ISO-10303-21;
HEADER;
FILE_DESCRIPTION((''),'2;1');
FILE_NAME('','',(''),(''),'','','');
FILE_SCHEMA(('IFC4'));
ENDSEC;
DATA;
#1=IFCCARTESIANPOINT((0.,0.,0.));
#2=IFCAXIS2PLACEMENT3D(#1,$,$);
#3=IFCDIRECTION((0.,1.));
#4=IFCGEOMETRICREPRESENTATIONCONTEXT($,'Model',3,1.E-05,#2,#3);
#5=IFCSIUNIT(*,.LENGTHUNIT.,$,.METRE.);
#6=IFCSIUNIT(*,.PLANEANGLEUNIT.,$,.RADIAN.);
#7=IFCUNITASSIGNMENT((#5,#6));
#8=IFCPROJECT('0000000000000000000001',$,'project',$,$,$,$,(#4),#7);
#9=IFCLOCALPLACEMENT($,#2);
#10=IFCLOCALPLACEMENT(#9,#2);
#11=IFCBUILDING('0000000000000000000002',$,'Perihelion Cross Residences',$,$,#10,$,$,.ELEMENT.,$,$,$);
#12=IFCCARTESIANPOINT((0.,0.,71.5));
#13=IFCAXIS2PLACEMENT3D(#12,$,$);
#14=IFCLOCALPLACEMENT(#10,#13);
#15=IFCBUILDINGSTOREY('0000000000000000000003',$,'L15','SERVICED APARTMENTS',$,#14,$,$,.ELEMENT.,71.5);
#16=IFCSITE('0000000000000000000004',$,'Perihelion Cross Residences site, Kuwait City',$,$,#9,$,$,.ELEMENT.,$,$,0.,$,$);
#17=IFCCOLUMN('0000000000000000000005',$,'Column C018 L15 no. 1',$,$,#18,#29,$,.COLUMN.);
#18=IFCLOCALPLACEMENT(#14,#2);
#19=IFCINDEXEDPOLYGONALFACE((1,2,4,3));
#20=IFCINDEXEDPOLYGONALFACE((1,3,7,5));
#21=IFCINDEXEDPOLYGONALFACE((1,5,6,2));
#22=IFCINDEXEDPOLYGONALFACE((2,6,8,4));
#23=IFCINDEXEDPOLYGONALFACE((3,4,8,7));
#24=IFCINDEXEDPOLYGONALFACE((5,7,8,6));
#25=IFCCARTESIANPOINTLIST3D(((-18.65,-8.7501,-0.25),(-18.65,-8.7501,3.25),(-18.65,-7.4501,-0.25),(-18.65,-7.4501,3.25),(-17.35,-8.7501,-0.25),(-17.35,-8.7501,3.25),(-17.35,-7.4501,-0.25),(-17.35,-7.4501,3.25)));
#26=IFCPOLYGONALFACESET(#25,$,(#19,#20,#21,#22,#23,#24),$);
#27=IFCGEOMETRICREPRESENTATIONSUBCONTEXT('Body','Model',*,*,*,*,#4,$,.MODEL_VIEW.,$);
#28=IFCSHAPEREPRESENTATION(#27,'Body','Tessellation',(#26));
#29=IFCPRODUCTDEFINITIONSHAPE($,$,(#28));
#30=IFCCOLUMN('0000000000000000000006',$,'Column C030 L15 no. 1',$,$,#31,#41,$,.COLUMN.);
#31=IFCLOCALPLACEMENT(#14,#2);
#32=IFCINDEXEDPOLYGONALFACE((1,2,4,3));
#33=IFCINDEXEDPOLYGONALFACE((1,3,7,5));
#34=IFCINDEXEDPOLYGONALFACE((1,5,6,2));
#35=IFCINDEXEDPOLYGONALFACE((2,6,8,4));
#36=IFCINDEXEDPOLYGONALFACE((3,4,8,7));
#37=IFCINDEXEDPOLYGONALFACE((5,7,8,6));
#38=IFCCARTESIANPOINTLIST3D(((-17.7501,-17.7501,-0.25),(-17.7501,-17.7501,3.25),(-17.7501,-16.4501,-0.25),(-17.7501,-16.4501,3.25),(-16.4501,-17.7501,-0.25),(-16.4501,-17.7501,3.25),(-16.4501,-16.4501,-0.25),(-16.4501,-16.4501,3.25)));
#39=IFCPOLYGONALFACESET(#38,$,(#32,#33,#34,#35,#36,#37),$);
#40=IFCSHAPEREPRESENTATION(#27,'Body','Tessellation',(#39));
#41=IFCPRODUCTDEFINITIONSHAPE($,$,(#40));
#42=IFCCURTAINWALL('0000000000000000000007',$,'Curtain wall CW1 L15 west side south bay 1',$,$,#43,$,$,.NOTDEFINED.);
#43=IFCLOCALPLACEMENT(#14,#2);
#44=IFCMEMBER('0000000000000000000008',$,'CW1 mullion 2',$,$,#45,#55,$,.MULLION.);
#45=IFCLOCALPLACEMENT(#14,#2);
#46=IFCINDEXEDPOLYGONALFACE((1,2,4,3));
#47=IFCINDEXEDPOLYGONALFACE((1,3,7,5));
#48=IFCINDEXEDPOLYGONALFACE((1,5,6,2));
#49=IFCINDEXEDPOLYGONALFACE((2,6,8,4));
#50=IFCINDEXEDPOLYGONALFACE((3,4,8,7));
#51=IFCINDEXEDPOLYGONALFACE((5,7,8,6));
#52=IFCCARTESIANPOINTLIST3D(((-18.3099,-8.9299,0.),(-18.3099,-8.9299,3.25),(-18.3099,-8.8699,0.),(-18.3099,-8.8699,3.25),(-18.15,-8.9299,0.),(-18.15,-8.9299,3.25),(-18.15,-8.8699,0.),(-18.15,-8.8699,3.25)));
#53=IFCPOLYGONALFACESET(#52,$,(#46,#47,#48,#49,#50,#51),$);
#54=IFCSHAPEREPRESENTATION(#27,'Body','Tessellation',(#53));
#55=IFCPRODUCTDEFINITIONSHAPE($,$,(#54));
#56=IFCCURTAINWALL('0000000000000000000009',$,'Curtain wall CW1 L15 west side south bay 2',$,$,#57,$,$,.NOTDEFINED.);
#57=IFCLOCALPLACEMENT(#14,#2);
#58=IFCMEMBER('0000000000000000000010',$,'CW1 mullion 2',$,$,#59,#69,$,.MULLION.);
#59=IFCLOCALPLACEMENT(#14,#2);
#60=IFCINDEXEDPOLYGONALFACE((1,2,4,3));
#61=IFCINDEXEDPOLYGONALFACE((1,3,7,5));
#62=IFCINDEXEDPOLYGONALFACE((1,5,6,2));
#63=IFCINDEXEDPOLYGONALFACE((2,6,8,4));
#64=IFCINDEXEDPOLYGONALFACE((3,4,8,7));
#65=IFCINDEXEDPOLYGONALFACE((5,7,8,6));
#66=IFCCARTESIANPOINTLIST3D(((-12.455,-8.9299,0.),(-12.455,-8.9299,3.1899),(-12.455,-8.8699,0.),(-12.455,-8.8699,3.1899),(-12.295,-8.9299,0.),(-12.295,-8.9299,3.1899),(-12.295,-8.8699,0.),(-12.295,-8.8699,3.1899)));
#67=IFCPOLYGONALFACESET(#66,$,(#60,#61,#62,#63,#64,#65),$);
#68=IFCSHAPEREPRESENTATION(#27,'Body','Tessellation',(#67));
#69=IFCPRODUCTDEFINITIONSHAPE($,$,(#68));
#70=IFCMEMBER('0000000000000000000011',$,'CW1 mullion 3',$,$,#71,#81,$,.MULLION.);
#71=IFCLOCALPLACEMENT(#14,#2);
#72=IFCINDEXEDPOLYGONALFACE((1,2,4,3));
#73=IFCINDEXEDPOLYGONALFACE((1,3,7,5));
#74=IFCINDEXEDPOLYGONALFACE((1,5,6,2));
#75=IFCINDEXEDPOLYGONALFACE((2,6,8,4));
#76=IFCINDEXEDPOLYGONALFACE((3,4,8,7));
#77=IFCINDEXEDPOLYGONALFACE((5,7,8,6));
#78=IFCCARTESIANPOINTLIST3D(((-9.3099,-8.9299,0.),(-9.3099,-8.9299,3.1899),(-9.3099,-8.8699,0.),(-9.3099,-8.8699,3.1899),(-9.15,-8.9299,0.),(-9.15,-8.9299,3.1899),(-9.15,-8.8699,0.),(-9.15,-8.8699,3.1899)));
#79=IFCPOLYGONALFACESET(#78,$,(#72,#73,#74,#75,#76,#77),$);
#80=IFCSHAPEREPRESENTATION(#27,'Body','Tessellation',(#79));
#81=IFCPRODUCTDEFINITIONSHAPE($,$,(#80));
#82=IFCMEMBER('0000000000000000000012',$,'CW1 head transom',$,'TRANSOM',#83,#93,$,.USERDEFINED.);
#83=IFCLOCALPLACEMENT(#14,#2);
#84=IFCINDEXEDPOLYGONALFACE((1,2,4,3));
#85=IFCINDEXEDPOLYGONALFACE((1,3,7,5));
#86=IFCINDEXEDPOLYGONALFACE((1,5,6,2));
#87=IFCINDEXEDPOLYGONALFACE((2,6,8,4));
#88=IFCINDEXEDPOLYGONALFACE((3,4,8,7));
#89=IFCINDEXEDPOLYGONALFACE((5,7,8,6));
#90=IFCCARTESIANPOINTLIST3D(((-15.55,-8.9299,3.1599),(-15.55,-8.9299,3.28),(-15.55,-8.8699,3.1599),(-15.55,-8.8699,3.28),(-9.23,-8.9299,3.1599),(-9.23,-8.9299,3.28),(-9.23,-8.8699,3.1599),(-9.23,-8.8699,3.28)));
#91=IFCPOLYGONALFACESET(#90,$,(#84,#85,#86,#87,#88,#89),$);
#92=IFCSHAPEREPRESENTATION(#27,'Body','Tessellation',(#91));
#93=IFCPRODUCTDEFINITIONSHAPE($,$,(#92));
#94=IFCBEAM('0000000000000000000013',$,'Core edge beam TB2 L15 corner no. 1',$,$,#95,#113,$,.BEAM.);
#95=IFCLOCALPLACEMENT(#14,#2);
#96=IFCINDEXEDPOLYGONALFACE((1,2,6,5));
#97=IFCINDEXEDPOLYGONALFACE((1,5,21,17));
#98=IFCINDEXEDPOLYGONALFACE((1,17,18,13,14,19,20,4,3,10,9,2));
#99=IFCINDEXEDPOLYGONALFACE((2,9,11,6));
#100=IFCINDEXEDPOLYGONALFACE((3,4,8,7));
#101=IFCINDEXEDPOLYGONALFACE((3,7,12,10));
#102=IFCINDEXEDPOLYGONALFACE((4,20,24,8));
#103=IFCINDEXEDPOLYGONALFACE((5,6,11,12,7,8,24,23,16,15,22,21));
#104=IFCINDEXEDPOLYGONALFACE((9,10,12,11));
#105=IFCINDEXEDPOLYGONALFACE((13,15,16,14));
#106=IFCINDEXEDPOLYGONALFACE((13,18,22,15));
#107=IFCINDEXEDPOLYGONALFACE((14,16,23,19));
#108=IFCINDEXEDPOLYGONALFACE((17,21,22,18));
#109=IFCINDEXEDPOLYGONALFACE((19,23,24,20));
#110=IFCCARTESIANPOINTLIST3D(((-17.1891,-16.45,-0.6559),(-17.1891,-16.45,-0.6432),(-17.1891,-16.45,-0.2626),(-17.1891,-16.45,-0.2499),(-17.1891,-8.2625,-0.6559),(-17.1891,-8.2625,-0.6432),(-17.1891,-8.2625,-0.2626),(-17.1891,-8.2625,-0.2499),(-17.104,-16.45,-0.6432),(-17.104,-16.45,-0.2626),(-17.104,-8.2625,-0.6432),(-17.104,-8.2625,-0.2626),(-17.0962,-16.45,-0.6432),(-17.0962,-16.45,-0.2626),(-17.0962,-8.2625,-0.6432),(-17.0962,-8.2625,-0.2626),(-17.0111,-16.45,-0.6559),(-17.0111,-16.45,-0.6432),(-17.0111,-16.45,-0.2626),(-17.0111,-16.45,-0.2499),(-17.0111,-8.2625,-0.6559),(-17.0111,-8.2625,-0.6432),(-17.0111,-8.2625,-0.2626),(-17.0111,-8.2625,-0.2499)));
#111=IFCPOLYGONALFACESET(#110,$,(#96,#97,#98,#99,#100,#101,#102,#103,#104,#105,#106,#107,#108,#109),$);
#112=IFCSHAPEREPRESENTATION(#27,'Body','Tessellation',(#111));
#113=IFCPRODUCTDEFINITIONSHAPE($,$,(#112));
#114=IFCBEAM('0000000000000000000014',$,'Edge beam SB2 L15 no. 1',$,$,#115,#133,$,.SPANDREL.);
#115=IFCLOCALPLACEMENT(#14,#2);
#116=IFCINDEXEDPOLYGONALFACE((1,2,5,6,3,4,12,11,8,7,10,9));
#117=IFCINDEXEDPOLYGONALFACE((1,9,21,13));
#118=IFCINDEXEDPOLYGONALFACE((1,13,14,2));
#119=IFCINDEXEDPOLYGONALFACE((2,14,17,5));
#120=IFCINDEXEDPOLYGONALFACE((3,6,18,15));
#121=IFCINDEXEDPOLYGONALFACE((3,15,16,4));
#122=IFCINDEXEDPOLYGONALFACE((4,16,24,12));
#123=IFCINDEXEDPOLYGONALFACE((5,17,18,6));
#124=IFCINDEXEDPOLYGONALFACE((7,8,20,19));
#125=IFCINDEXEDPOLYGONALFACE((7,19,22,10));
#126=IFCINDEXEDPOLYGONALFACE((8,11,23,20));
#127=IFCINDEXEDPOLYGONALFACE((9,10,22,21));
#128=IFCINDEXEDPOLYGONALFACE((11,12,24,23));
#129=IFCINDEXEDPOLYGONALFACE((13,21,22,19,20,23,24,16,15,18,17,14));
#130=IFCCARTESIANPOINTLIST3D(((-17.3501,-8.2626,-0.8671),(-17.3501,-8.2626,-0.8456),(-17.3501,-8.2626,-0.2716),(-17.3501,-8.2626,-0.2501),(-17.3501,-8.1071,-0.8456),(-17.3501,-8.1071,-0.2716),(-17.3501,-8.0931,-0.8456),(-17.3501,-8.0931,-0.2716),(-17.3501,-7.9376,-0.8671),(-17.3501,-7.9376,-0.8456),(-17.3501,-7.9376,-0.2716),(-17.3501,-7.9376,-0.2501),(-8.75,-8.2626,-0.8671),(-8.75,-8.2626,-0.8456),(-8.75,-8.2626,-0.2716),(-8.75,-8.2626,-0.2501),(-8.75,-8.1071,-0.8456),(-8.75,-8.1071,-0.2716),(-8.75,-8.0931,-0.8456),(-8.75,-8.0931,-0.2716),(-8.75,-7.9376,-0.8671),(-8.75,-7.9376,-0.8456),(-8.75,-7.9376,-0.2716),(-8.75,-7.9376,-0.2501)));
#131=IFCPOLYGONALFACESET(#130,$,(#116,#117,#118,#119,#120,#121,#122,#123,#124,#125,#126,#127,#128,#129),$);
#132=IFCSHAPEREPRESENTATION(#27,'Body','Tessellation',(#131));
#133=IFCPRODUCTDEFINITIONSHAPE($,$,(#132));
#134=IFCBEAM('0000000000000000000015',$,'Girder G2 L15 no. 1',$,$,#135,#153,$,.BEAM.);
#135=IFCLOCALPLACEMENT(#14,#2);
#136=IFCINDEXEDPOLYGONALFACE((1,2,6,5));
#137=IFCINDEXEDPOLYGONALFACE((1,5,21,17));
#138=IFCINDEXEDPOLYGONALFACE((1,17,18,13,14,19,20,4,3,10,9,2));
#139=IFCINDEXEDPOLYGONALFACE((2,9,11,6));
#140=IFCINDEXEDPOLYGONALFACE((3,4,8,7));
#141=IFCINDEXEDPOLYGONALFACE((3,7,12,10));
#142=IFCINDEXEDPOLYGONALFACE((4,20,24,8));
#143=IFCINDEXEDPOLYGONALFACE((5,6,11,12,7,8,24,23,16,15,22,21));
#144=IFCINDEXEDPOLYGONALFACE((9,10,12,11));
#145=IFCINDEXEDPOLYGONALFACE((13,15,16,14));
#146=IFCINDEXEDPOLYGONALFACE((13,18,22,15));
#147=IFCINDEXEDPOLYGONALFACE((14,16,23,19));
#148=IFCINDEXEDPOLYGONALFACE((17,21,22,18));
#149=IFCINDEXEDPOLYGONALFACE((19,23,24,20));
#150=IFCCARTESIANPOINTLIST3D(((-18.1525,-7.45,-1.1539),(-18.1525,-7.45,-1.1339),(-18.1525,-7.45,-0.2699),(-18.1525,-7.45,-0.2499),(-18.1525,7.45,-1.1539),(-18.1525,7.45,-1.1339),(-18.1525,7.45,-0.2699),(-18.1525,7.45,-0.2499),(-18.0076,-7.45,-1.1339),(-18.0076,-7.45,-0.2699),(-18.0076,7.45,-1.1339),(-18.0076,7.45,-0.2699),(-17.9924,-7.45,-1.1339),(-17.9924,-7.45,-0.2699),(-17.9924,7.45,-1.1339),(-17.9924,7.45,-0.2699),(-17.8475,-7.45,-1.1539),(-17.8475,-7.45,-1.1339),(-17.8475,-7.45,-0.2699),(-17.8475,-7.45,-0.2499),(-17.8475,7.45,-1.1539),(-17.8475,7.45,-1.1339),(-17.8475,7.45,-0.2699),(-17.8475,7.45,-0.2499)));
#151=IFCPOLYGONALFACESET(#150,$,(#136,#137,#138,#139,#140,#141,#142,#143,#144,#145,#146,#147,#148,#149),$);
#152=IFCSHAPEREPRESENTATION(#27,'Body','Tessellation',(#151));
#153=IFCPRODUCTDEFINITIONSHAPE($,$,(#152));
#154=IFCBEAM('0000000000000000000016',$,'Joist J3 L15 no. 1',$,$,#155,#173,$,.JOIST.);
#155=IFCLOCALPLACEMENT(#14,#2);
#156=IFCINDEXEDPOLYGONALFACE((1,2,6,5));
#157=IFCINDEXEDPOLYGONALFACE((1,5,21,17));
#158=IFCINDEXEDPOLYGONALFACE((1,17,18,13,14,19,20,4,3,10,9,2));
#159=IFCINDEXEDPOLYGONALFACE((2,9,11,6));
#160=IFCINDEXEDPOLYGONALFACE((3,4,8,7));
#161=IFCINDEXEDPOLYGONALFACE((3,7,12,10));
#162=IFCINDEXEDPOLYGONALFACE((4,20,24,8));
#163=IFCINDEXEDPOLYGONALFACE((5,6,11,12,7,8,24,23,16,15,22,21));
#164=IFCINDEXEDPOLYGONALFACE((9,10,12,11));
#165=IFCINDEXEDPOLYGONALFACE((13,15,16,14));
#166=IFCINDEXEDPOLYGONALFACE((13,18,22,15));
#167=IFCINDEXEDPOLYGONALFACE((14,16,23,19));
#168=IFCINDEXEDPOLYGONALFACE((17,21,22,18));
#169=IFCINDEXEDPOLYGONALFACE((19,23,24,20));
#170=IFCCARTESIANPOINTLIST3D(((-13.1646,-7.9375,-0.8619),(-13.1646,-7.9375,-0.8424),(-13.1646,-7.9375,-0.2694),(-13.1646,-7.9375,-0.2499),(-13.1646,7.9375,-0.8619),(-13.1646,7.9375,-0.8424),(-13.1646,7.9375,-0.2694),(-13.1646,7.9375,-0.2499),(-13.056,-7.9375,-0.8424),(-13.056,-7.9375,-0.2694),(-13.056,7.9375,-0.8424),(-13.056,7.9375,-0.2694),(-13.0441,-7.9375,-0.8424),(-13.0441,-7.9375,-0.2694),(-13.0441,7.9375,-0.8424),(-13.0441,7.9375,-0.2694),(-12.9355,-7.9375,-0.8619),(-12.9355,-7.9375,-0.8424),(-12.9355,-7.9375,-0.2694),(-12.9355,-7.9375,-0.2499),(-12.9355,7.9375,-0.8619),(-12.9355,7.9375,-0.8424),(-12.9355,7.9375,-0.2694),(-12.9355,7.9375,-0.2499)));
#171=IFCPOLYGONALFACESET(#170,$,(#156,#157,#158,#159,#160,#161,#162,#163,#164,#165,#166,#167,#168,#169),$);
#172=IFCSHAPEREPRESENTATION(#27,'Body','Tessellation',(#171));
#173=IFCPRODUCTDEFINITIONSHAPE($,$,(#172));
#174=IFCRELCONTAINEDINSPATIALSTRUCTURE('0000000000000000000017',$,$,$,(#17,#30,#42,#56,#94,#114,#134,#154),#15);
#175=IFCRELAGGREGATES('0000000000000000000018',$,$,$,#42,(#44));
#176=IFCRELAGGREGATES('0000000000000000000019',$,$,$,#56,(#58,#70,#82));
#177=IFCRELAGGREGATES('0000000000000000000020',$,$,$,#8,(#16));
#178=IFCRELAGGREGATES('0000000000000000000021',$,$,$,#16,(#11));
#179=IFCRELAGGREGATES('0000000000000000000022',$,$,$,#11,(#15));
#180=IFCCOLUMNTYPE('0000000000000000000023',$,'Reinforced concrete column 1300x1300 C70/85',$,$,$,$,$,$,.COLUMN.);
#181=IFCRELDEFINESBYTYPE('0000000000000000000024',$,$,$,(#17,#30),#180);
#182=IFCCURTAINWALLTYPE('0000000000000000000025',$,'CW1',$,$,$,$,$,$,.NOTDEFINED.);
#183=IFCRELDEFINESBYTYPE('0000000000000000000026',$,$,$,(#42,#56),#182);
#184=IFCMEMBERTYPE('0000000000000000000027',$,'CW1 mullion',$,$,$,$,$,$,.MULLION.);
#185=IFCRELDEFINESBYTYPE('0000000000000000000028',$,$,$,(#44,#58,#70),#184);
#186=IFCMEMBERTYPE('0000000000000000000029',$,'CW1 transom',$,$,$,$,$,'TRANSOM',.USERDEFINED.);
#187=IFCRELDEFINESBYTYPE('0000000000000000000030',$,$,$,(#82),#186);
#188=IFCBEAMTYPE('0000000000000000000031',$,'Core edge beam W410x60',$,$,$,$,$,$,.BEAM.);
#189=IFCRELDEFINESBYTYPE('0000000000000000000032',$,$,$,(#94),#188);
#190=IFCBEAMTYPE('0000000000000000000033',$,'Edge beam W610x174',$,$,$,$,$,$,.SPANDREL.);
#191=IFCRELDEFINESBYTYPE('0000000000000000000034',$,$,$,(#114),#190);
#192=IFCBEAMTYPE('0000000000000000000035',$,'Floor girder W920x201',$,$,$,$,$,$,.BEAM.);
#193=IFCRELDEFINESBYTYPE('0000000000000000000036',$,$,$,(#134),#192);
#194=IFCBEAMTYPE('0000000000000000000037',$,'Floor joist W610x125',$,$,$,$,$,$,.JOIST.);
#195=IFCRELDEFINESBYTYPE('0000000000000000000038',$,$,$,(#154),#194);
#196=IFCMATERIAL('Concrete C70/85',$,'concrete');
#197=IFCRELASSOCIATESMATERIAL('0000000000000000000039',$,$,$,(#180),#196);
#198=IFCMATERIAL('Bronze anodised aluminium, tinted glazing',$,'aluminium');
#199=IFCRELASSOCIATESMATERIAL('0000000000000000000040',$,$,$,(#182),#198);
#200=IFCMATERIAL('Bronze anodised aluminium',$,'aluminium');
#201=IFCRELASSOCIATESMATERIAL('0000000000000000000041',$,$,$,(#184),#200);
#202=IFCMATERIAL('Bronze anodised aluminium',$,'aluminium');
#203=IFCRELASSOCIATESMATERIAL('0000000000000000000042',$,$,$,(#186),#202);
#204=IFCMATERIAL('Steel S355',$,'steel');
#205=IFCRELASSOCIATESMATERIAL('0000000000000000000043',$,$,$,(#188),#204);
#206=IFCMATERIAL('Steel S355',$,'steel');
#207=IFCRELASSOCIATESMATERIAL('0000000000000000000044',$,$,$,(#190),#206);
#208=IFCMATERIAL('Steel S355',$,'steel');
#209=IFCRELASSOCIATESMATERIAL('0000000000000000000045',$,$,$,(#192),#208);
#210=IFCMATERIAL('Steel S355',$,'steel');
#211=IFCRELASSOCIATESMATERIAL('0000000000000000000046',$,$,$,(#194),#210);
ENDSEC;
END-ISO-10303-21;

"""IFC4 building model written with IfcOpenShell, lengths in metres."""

from ifc_helpers import new_model, si_unit, direction, frame, origin, origin_2d, place, context, subcontext, project, spatial, rectangle, i_section, extrude, material, material_profile, profile_set, type_object, element, aggregate, save


model = new_model("IFC4")

# Units and contexts
model_context = context("Model", 3, precision=1e-05, world=origin(), true_north=direction((0.0, 1.0)))
body_context = subcontext(model_context, "Body", "Model", "MODEL_VIEW")
ifc_project = project(units=[si_unit("LENGTHUNIT", "METRE"), si_unit("PLANEANGLEUNIT", "RADIAN")], contexts=[model_context])

# Site, building, storey
site_placement = place(None, origin())
site = spatial("IfcSite", under=ifc_project, at=site_placement, Name="Perihelion Cross Residences site, Kuwait City", CompositionType="ELEMENT", RefElevation=0.0)
building_placement = place(site_placement, origin())
building = spatial("IfcBuilding", under=site, at=building_placement, Name="Perihelion Cross Residences", CompositionType="ELEMENT")
storey_placement = place(building_placement, frame((0.0, 0.0, 71.5)))
storey = spatial("IfcBuildingStorey", under=building, at=storey_placement, Name="L15", Description="SERVICED APARTMENTS", CompositionType="ELEMENT", Elevation=71.5)

# Columns
ifc_material_1 = material(Name="Concrete C70/85", Category="concrete")
ifc_material_profile_1 = material_profile(ifc_material_1, rectangle(XDim=1.3, YDim=1.3, at=origin_2d()), Name="RC 1300x1300")
ifc_profile_set_1 = profile_set([ifc_material_profile_1], Name="Concrete C70/85")
column_type = type_object("IfcColumnType", Name="Reinforced concrete column 1300x1300 C70/85", PredefinedType="COLUMN", material=ifc_profile_set_1)
for number, where, z_axis, x_axis, name in (
    (1, (-18.0, -8.1001, -0.25), (0.0, 0.0, 1.0), (1.0, 0.0, 0.0), "Column C018 L15 no. 1"),
    (2, (-17.1001, -17.1001, -0.25), (0.0, 0.0, 1.0), (1.0, 0.0, 0.0), "Column C030 L15 no. 1"),
):
    element("IfcColumn", number, at=place(storey_placement, frame(where, z_axis=z_axis, x_axis=x_axis)), inside=storey, type_object=column_type, Name=name, PredefinedType="COLUMN", context=body_context, shape_type="SweptSolid", body=[
        extrude(rectangle(XDim=1.3, YDim=1.3, at=origin_2d()), origin(), (0.0, 0.0, 1.0), 3.5),
    ])

# Curtain wall, member
ifc_material_2 = material(Name="Bronze anodised aluminium, tinted glazing", Category="aluminium")
curtain_wall_type = type_object("IfcCurtainWallType", Name="CW1", PredefinedType="NOTDEFINED", material=ifc_material_2)
curtain_wall_1_placement = place(storey_placement, origin())
curtain_wall_1 = element("IfcCurtainWall", 3, at=curtain_wall_1_placement, inside=storey, type_object=curtain_wall_type, Name="Curtain wall CW1 L15 west side south bay 1", PredefinedType="NOTDEFINED")
ifc_material_3 = material(Name="Bronze anodised aluminium", Category="aluminium")
ifc_material_profile_2 = material_profile(ifc_material_3, rectangle(XDim=0.0601, YDim=0.1599, at=origin_2d()), Name="CW1 mullion")
ifc_profile_set_2 = profile_set([ifc_material_profile_2], Name="Bronze anodised aluminium")
member_type_1 = type_object("IfcMemberType", Name="CW1 mullion", PredefinedType="MULLION", material=ifc_profile_set_2)
member_1_placement = place(storey_placement, frame((-18.23, -8.8999, 0.0), z_axis=(0.0, 0.0, 1.0), x_axis=(0.0, 1.0, 0.0)))
member_1 = element("IfcMember", 4, at=member_1_placement, type_object=member_type_1, Name="CW1 mullion 2", PredefinedType="MULLION", context=body_context, shape_type="SweptSolid", body=[
    extrude(rectangle(XDim=0.0601, YDim=0.1599, at=origin_2d()), origin(), (0.0, 0.0, 1.0), 3.25),
])

# Curtain wall, members
curtain_wall_2_placement = place(storey_placement, origin())
curtain_wall_2 = element("IfcCurtainWall", 5, at=curtain_wall_2_placement, inside=storey, type_object=curtain_wall_type, Name="Curtain wall CW1 L15 west side south bay 2", PredefinedType="NOTDEFINED")
member_2_placement = place(storey_placement, frame((-12.375, -8.8999, 0.0), z_axis=(0.0, 0.0, 1.0), x_axis=(0.0, 1.0, 0.0)))
member_2 = element("IfcMember", 6, at=member_2_placement, type_object=member_type_1, Name="CW1 mullion 2", PredefinedType="MULLION", context=body_context, shape_type="SweptSolid", body=[
    extrude(rectangle(XDim=0.0601, YDim=0.1599, at=origin_2d()), origin(), (0.0, 0.0, 1.0), 3.1899),
])
member_3_placement = place(storey_placement, frame((-9.23, -8.8999, 0.0), z_axis=(0.0, 0.0, 1.0), x_axis=(0.0, 1.0, 0.0)))
member_3 = element("IfcMember", 7, at=member_3_placement, type_object=member_type_1, Name="CW1 mullion 3", PredefinedType="MULLION", context=body_context, shape_type="SweptSolid", body=[
    extrude(rectangle(XDim=0.0601, YDim=0.1599, at=origin_2d()), origin(), (0.0, 0.0, 1.0), 3.1899),
])
ifc_material_4 = material(Name="Bronze anodised aluminium", Category="aluminium")
ifc_material_profile_3 = material_profile(ifc_material_4, rectangle(XDim=0.0601, YDim=0.1201, at=origin_2d()), Name="CW1 transom")
ifc_profile_set_3 = profile_set([ifc_material_profile_3], Name="Bronze anodised aluminium")
member_type_2 = type_object("IfcMemberType", Name="CW1 transom", ElementType="TRANSOM", PredefinedType="USERDEFINED", material=ifc_profile_set_3)
member_4_placement = place(storey_placement, frame((-15.55, -8.8999, 3.22), z_axis=(1.0, 0.0, 0.0), x_axis=(0.0, 1.0, 0.0)))
member_4 = element("IfcMember", 8, at=member_4_placement, type_object=member_type_2, Name="CW1 head transom", ObjectType="TRANSOM", PredefinedType="USERDEFINED", context=body_context, shape_type="SweptSolid", body=[
    extrude(rectangle(XDim=0.0601, YDim=0.1201, at=origin_2d()), origin(), (0.0, 0.0, 1.0), 6.3201),
])

# Beams
ifc_material_5 = material(Name="Steel S355", Category="steel")
ifc_material_profile_4 = material_profile(ifc_material_5, i_section(OverallWidth=0.178, OverallDepth=0.406, WebThickness=0.0078, FlangeThickness=0.0127, at=origin_2d()), Name="W410x60")
ifc_profile_set_4 = profile_set([ifc_material_profile_4], Name="Steel S355")
beam_type_1 = type_object("IfcBeamType", Name="Core edge beam W410x60", PredefinedType="BEAM", material=ifc_profile_set_4)
beam_1_placement = place(storey_placement, frame((-17.1001, -8.2625, -0.4529), z_axis=(0.0, -1.0, 0.0), x_axis=(1.0, 0.0, 0.0)))
element("IfcBeam", 9, at=beam_1_placement, inside=storey, type_object=beam_type_1, Name="Core edge beam TB2 L15 corner no. 1", PredefinedType="BEAM", context=body_context, shape_type="SweptSolid", body=[
    extrude(i_section(OverallWidth=0.178, OverallDepth=0.406, WebThickness=0.0078, FlangeThickness=0.0127, at=origin_2d()), origin(), (0.0, 0.0, 1.0), 8.1875),
])
ifc_material_6 = material(Name="Steel S355", Category="steel")
ifc_material_profile_5 = material_profile(ifc_material_6, i_section(OverallWidth=0.325, OverallDepth=0.6169, WebThickness=0.0139, FlangeThickness=0.0215, at=origin_2d()), Name="W610x174")
ifc_profile_set_5 = profile_set([ifc_material_profile_5], Name="Steel S355")
beam_type_2 = type_object("IfcBeamType", Name="Edge beam W610x174", PredefinedType="SPANDREL", material=ifc_profile_set_5)
beam_2_placement = place(storey_placement, frame((-17.3501, -8.1001, -0.5586), z_axis=(1.0, 0.0, 0.0), x_axis=(0.0, 1.0, 0.0)))
element("IfcBeam", 10, at=beam_2_placement, inside=storey, type_object=beam_type_2, Name="Edge beam SB2 L15 no. 1", PredefinedType="SPANDREL", context=body_context, shape_type="SweptSolid", body=[
    extrude(i_section(OverallWidth=0.325, OverallDepth=0.6169, WebThickness=0.0139, FlangeThickness=0.0215, at=origin_2d()), origin(), (0.0, 0.0, 1.0), 8.6001),
])
ifc_material_7 = material(Name="Steel S355", Category="steel")
ifc_material_profile_6 = material_profile(ifc_material_7, i_section(OverallWidth=0.3049, OverallDepth=0.9041, WebThickness=0.0151, FlangeThickness=0.02, at=origin_2d()), Name="W920x201")
ifc_profile_set_6 = profile_set([ifc_material_profile_6], Name="Steel S355")
beam_type_3 = type_object("IfcBeamType", Name="Floor girder W920x201", PredefinedType="BEAM", material=ifc_profile_set_6)
beam_3_placement = place(storey_placement, frame((-18.0, -7.45, -0.7019), z_axis=(0.0, 1.0, 0.0), x_axis=(-1.0, 0.0, 0.0)))
element("IfcBeam", 11, at=beam_3_placement, inside=storey, type_object=beam_type_3, Name="Girder G2 L15 no. 1", PredefinedType="BEAM", context=body_context, shape_type="SweptSolid", body=[
    extrude(i_section(OverallWidth=0.3049, OverallDepth=0.9041, WebThickness=0.0151, FlangeThickness=0.02, at=origin_2d()), origin(), (0.0, 0.0, 1.0), 14.8999),
])
ifc_material_8 = material(Name="Steel S355", Category="steel")
ifc_material_profile_7 = material_profile(ifc_material_8, i_section(OverallWidth=0.229, OverallDepth=0.6121, WebThickness=0.012, FlangeThickness=0.0195, at=origin_2d()), Name="W610x125")
ifc_profile_set_7 = profile_set([ifc_material_profile_7], Name="Steel S355")
beam_type_4 = type_object("IfcBeamType", Name="Floor joist W610x125", PredefinedType="JOIST", material=ifc_profile_set_7)
beam_4_placement = place(storey_placement, frame((-13.05, -7.9375, -0.5559), z_axis=(0.0, 1.0, 0.0), x_axis=(-1.0, 0.0, 0.0)))
element("IfcBeam", 12, at=beam_4_placement, inside=storey, type_object=beam_type_4, Name="Joist J3 L15 no. 1", PredefinedType="JOIST", context=body_context, shape_type="SweptSolid", body=[
    extrude(i_section(OverallWidth=0.229, OverallDepth=0.6121, WebThickness=0.012, FlangeThickness=0.0195, at=origin_2d()), origin(), (0.0, 0.0, 1.0), 15.875),
])

aggregate(curtain_wall_1, [member_1])
aggregate(curtain_wall_2, [member_2, member_3, member_4])

save(model, "model.ifc")
